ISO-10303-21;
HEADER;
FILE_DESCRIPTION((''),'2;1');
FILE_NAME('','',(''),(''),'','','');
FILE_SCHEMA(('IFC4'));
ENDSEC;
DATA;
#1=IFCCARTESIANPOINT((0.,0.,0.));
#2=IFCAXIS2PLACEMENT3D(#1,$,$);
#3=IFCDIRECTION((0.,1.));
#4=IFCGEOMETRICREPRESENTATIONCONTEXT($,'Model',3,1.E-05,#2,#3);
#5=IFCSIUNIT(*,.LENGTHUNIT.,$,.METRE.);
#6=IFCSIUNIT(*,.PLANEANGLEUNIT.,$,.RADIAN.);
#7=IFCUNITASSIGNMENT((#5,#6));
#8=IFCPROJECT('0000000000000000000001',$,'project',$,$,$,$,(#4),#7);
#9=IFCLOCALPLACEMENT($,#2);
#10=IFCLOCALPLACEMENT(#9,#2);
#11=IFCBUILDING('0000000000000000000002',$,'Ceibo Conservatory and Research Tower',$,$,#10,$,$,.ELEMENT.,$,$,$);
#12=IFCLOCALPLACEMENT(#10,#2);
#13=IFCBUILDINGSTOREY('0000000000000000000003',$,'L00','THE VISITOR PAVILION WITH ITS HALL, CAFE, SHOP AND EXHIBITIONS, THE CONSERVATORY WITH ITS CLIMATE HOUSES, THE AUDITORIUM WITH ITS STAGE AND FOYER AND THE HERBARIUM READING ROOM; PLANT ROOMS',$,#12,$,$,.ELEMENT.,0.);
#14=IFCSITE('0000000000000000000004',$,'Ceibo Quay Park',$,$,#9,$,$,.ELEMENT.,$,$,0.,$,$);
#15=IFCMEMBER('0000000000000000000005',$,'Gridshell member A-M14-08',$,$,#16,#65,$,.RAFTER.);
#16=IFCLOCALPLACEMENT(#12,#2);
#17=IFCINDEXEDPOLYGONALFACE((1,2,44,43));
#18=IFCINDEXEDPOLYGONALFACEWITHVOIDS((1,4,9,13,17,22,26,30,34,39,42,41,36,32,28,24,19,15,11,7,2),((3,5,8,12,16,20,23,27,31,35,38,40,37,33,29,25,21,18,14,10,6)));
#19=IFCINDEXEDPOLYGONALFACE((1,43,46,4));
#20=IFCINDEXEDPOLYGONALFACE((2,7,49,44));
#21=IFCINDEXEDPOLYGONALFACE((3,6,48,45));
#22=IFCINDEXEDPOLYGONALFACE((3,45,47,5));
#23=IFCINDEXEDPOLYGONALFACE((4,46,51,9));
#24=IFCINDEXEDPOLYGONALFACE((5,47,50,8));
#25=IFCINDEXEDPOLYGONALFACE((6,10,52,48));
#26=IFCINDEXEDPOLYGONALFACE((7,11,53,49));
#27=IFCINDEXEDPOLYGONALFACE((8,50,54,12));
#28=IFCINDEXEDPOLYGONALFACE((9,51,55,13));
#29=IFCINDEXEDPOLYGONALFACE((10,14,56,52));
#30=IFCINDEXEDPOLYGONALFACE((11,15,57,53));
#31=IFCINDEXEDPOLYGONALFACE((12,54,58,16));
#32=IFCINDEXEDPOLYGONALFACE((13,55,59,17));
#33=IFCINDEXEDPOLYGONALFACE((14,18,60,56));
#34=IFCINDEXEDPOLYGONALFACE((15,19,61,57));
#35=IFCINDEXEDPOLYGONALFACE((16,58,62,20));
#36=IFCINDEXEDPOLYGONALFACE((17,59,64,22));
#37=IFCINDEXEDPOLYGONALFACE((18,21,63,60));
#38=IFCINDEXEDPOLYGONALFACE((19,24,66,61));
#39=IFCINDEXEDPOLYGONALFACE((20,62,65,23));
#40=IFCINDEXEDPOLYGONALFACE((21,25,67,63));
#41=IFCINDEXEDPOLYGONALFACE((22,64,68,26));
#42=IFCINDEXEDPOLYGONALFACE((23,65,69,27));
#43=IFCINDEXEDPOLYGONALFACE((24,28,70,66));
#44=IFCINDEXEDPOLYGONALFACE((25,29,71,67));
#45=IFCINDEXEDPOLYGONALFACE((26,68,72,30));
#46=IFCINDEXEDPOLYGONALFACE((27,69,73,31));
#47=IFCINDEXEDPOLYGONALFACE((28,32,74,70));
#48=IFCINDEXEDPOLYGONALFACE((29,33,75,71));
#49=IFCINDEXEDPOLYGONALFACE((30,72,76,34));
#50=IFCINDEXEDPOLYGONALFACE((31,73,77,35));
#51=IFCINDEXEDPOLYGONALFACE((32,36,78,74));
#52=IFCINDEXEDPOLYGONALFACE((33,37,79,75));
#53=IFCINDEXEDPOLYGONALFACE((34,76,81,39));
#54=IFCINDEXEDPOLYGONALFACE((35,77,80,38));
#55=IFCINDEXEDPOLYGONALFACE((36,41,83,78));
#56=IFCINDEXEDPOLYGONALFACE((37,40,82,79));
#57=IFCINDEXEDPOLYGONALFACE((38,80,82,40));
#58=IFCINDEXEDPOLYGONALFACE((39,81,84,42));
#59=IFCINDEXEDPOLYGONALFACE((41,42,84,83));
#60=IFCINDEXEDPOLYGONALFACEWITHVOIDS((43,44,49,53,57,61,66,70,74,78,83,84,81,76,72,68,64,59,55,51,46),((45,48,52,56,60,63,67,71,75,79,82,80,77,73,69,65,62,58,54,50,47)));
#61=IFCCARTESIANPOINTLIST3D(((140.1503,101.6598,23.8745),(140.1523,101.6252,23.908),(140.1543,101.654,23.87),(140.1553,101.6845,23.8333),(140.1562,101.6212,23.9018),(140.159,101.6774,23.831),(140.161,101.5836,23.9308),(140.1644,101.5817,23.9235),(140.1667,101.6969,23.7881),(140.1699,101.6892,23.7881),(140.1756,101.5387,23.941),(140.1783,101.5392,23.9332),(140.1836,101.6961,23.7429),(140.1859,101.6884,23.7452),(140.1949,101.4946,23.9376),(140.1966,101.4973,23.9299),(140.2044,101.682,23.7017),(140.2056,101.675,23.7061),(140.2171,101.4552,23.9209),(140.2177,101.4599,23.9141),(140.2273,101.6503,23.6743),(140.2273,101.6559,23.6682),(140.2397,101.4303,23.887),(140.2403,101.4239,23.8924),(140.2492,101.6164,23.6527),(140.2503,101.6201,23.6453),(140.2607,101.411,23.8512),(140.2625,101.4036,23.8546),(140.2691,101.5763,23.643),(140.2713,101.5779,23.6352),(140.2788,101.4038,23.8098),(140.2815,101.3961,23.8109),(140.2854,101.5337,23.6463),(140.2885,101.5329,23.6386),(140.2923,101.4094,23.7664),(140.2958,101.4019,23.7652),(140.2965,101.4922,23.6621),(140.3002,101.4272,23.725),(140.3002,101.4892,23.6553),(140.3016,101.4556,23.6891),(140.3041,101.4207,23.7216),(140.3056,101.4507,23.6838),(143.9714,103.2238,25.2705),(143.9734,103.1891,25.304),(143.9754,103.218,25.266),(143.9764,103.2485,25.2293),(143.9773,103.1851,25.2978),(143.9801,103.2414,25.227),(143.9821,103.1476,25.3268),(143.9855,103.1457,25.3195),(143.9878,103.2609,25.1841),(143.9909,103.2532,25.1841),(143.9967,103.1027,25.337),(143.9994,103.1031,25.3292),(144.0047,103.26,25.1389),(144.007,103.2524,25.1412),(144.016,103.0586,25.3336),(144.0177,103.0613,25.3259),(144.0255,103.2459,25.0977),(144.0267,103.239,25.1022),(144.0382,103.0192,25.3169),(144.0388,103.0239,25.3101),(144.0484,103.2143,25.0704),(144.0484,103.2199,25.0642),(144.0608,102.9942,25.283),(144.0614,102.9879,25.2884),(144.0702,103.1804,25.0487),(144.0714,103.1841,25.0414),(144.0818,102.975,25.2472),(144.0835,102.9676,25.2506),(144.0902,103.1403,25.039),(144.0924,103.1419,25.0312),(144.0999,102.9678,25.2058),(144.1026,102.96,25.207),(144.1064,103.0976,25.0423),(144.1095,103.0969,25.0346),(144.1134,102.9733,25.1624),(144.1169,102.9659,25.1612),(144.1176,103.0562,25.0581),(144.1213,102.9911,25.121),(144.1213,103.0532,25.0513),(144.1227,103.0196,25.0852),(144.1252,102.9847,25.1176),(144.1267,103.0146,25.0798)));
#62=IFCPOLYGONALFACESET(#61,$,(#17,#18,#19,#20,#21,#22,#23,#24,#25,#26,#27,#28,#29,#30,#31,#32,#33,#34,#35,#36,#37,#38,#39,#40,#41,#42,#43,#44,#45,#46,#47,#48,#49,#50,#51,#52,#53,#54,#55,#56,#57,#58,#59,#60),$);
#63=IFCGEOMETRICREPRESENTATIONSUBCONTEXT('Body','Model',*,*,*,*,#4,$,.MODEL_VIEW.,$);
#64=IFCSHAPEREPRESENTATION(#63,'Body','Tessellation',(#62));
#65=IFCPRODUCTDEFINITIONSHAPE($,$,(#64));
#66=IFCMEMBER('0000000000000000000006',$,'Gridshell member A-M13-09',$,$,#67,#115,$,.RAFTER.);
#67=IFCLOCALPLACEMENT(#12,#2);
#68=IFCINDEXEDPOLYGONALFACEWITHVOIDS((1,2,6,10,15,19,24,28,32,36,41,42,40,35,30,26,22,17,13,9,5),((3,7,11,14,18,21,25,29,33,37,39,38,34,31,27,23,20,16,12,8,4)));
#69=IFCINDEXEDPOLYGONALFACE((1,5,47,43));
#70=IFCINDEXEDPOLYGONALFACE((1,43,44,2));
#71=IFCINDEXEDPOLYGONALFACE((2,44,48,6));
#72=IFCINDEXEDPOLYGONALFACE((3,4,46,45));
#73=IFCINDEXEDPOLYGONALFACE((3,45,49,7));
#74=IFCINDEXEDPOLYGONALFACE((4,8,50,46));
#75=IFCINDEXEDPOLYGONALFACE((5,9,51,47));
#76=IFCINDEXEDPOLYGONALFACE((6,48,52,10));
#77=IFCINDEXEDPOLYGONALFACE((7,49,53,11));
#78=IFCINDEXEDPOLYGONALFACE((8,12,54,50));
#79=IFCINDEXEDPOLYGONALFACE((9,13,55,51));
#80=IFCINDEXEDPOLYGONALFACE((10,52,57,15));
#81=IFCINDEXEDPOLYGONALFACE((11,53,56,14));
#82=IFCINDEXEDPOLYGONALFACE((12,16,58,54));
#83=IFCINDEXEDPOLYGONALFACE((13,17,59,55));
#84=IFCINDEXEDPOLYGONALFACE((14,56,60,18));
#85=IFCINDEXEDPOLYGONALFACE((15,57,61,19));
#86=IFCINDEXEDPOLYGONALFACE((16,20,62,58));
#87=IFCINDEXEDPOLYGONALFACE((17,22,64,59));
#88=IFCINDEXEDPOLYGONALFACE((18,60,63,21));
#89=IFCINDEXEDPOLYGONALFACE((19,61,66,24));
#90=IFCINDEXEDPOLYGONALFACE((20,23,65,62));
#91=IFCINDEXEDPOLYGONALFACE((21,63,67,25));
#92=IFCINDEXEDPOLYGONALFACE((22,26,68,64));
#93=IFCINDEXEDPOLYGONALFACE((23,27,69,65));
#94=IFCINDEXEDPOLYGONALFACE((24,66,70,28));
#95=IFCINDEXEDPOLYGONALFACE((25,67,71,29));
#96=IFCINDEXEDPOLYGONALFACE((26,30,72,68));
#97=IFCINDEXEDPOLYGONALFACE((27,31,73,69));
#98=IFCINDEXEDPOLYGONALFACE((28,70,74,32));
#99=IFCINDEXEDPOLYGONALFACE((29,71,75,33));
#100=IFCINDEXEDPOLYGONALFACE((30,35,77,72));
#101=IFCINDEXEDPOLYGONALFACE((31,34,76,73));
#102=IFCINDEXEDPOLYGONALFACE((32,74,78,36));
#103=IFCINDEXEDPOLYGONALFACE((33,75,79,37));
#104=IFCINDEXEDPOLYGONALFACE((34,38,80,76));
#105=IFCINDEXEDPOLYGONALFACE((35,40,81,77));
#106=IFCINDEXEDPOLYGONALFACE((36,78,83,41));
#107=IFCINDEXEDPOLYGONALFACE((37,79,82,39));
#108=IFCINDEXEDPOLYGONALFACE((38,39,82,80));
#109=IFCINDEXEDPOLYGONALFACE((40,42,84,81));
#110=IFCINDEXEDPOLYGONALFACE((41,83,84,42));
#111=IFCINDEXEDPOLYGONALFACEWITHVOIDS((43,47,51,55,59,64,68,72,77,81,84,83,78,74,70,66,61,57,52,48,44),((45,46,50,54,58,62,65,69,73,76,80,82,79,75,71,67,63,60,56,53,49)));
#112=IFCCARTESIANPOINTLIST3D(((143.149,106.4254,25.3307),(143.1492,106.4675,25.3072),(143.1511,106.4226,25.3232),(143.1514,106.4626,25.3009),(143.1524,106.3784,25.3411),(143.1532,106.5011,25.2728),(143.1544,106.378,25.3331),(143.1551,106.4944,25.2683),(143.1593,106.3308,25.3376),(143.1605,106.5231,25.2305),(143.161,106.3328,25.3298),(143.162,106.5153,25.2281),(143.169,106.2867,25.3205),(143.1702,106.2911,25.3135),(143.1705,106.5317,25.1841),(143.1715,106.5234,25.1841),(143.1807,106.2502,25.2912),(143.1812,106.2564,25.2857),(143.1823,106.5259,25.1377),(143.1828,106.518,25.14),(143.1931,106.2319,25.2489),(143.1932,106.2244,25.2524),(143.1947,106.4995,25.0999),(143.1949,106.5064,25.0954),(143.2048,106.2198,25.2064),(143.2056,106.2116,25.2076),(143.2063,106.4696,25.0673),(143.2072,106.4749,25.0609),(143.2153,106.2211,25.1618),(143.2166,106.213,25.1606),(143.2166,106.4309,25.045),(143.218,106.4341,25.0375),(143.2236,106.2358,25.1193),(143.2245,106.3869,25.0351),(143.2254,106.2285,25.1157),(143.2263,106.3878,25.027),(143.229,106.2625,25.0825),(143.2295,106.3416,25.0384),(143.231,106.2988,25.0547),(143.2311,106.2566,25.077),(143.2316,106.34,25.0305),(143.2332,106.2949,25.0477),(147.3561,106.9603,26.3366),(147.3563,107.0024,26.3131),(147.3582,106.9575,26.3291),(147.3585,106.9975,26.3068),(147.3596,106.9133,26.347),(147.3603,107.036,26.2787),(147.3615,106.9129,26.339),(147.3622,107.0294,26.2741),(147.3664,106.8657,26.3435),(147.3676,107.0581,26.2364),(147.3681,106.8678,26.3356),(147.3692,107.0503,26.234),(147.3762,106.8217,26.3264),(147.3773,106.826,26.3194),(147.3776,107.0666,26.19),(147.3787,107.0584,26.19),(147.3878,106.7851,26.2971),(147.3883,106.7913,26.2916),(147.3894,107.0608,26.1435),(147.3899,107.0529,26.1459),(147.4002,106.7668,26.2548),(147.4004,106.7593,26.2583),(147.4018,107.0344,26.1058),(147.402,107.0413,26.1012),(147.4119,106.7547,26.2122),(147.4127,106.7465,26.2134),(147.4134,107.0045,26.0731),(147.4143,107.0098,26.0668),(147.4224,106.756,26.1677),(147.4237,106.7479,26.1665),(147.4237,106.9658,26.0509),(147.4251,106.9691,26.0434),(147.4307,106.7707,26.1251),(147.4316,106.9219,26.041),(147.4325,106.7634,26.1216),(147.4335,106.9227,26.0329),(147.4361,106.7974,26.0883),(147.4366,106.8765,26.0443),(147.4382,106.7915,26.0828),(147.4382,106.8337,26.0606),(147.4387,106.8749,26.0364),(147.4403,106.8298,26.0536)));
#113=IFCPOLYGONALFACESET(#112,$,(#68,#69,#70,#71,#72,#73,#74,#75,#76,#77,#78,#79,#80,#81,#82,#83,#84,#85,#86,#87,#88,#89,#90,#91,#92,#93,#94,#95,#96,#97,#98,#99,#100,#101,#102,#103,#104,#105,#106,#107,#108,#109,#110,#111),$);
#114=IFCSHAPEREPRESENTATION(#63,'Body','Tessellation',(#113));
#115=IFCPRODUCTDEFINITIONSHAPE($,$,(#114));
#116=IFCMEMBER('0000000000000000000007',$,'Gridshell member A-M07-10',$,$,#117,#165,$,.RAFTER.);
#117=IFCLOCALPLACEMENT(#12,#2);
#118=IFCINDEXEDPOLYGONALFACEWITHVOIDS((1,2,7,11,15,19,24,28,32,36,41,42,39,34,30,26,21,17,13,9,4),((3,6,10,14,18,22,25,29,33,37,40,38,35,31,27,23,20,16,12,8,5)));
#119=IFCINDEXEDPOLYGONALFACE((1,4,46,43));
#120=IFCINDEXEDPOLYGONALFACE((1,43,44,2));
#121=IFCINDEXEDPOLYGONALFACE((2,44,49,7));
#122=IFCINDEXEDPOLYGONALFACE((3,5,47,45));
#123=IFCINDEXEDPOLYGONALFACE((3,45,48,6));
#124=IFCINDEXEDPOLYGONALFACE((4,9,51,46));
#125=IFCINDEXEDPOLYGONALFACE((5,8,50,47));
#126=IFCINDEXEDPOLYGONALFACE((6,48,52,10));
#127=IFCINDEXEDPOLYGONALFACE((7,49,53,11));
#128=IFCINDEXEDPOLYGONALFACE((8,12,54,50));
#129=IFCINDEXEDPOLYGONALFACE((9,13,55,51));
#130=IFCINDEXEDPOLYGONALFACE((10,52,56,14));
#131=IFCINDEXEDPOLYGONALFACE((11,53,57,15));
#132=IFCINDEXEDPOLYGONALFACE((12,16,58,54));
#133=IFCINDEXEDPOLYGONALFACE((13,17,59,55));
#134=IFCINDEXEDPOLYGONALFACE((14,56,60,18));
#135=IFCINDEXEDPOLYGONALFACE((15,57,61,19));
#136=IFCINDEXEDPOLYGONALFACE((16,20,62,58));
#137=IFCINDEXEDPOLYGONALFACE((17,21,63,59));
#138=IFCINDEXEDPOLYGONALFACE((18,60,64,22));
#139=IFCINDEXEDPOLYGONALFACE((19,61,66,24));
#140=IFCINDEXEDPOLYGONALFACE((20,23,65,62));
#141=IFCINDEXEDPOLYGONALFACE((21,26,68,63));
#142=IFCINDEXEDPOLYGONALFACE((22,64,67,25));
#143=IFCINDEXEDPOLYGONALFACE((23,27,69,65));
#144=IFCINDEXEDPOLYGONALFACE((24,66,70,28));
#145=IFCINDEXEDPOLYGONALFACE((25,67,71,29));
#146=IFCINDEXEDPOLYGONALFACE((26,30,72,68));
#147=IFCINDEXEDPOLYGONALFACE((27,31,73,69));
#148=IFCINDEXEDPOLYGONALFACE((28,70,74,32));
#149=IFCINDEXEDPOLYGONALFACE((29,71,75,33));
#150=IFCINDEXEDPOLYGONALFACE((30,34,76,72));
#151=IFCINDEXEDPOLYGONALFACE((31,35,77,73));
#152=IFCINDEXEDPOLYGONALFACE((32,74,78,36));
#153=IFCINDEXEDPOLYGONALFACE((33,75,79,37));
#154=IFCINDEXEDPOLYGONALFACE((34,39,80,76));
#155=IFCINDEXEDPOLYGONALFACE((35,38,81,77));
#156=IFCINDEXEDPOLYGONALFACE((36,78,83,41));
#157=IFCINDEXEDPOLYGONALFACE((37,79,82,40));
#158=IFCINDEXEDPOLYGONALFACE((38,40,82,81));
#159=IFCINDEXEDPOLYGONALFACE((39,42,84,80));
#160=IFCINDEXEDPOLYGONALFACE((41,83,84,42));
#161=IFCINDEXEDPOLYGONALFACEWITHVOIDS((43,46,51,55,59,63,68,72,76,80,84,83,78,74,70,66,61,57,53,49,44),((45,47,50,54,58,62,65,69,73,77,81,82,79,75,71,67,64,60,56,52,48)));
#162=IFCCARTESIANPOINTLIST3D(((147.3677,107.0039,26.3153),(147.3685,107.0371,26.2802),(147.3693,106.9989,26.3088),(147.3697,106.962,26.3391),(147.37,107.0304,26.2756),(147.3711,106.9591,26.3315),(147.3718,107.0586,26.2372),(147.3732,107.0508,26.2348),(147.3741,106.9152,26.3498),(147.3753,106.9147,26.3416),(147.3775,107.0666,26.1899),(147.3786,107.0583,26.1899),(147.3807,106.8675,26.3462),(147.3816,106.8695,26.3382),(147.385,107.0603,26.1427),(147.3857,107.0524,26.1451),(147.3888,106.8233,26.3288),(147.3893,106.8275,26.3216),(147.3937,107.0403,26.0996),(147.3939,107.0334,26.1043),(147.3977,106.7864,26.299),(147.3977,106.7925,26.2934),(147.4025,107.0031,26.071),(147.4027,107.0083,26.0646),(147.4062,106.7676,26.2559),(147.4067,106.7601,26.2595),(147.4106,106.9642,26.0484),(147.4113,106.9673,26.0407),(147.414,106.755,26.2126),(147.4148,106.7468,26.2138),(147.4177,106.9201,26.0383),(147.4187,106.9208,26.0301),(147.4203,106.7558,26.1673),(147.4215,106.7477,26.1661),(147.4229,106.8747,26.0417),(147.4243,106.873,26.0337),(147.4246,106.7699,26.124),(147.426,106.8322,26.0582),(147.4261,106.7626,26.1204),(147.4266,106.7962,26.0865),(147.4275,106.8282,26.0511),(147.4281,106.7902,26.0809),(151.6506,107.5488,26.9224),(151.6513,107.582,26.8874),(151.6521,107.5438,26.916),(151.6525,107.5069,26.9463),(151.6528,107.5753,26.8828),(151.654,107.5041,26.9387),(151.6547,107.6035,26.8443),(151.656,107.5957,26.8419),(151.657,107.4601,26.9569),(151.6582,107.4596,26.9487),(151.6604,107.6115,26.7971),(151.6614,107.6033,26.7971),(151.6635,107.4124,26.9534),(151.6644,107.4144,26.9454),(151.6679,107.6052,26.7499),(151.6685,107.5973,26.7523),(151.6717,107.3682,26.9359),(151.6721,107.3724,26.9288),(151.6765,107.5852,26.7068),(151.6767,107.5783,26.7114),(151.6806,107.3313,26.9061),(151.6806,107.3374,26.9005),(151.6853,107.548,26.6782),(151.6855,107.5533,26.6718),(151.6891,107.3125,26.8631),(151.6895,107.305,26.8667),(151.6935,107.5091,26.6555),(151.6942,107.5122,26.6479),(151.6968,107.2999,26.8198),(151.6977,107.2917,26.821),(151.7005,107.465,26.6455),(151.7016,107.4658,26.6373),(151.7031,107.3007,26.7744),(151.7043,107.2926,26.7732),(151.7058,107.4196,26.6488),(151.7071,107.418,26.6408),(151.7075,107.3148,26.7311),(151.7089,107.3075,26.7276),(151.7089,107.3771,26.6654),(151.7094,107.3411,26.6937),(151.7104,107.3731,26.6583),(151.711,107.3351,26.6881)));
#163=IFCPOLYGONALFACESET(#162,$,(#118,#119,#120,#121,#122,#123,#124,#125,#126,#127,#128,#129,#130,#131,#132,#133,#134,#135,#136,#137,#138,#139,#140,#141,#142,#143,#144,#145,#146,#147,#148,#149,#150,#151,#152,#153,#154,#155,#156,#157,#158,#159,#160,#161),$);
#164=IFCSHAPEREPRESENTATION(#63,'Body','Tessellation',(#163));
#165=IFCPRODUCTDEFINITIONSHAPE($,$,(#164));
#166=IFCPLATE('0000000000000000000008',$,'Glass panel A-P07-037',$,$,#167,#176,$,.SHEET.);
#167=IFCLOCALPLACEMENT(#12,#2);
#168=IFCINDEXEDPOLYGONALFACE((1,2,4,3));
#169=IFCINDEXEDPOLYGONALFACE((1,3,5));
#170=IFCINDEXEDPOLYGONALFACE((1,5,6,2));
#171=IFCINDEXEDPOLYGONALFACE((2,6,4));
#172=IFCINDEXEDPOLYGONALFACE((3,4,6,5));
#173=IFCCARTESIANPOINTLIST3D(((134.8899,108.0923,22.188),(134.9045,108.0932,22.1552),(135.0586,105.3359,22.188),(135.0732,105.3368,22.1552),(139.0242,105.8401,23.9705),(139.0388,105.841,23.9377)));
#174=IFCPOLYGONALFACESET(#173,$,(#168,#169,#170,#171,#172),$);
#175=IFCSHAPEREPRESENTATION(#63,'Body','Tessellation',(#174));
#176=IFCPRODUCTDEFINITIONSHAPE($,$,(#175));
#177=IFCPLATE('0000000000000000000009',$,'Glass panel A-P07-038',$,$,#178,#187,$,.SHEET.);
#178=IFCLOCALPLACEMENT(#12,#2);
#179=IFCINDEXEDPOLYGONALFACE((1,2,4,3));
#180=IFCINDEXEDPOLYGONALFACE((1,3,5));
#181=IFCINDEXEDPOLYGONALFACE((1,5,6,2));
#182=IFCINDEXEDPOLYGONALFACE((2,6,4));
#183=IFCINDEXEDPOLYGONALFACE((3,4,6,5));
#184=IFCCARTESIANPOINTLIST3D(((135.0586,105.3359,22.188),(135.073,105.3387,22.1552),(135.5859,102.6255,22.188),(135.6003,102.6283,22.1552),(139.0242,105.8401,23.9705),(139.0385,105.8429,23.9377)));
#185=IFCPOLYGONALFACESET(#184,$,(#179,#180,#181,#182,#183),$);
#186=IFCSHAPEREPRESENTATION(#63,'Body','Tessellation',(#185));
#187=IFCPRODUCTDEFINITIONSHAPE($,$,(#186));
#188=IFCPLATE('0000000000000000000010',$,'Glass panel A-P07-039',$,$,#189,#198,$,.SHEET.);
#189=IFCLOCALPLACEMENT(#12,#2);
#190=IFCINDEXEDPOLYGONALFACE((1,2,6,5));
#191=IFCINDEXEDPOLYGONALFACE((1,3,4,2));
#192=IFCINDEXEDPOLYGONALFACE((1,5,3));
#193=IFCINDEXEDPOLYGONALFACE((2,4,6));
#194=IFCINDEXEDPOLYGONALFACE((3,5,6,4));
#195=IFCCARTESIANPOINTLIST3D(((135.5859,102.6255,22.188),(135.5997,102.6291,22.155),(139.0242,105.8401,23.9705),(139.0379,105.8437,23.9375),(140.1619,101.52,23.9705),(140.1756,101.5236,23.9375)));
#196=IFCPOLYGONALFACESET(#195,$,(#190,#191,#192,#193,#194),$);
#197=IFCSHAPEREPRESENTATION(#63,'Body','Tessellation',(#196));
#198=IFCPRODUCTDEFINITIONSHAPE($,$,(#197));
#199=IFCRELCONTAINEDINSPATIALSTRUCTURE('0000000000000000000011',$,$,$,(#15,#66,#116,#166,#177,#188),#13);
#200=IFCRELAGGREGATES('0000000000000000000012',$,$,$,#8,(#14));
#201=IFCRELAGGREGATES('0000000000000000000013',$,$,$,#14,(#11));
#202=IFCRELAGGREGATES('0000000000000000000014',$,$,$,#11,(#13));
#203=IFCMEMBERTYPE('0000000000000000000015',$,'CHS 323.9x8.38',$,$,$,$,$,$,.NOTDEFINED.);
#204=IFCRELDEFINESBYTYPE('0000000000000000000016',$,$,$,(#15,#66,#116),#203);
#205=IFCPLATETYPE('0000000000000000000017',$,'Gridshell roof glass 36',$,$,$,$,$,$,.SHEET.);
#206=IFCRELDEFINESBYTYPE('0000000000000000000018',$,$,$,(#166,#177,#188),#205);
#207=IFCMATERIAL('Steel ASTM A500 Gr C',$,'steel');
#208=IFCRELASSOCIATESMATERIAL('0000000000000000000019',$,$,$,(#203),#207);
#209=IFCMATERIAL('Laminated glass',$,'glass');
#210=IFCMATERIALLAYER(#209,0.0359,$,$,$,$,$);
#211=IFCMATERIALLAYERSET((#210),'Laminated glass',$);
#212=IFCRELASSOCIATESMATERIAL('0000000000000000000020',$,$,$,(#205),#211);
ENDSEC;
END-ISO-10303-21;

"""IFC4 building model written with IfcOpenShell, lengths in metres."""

from ifc_helpers import new_model, si_unit, direction, frame, origin, origin_2d, place, context, subcontext, project, spatial, polyline, hollow_circle, outline, extrude, material, layer, layer_set, material_profile, profile_set, type_object, element, save


model = new_model("IFC4")

# Units and contexts
model_context = context("Model", 3, precision=1e-05, world=origin(), true_north=direction((0.0, 1.0)))
body_context = subcontext(model_context, "Body", "Model", "MODEL_VIEW")
ifc_project = project(units=[si_unit("LENGTHUNIT", "METRE"), si_unit("PLANEANGLEUNIT", "RADIAN")], contexts=[model_context])

# Site, building, storey
site_placement = place(None, origin())
site = spatial("IfcSite", under=ifc_project, at=site_placement, Name="Ceibo Quay Park", CompositionType="ELEMENT", RefElevation=0.0)
building_placement = place(site_placement, origin())
building = spatial("IfcBuilding", under=site, at=building_placement, Name="Ceibo Conservatory and Research Tower", CompositionType="ELEMENT")
storey_placement = place(building_placement, origin())
storey = spatial("IfcBuildingStorey", under=building, at=storey_placement, Name="L00", Description="THE VISITOR PAVILION WITH ITS HALL, CAFE, SHOP AND EXHIBITIONS, THE CONSERVATORY WITH ITS CLIMATE HOUSES, THE AUDITORIUM WITH ITS STAGE AND FOYER AND THE HERBARIUM READING ROOM; PLANT ROOMS", CompositionType="ELEMENT", Elevation=0.0)

# Members
ifc_material_1 = material(Name="Steel ASTM A500 Gr C", Category="steel")
ifc_material_profile_1 = material_profile(ifc_material_1, hollow_circle(Radius=0.1619, WallThickness=0.0083, at=origin_2d()), Name="CHS 323.9x8.38")
ifc_profile_set_1 = profile_set([ifc_material_profile_1], Name="Steel ASTM A500 Gr C")
member_type_1 = type_object("IfcMemberType", Name="CHS 323.9x8.38", PredefinedType="NOTDEFINED", material=ifc_profile_set_1)
member_1_placement = place(storey_placement, frame((140.228, 101.5471, 23.7881), z_axis=(0.876719, 0.358844, 0.320304), x_axis=(-0.378801, 0.925478, 0.0)))
element("IfcMember", 1, at=member_1_placement, inside=storey, type_object=member_type_1, Name="Gridshell member A-M14-08", PredefinedType="RAFTER", context=body_context, shape_type="SweptSolid", body=[
    extrude(hollow_circle(Radius=0.1619, WallThickness=0.0083, at=origin_2d()), origin(), (0.0, 0.0, 1.0), 4.3584),
])
member_2_placement = place(storey_placement, frame((143.1909, 106.3711, 25.1841), z_axis=(0.965235, 0.122727, 0.230778), x_axis=(-0.126132, 0.992014, 0.0)))
element("IfcMember", 2, at=member_2_placement, inside=storey, type_object=member_type_1, Name="Gridshell member A-M13-09", PredefinedType="RAFTER", context=body_context, shape_type="SweptSolid", body=[
    extrude(hollow_circle(Radius=0.1619, WallThickness=0.0083, at=origin_2d()), origin(), (0.0, 0.0, 1.0), 4.3586),
])
member_3_placement = place(storey_placement, frame((147.3979, 106.906, 26.1899), z_axis=(0.982337, 0.124983, 0.139262), x_axis=(-0.126213, 0.992003, 0.0)))
element("IfcMember", 3, at=member_3_placement, inside=storey, type_object=member_type_1, Name="Gridshell member A-M07-10", PredefinedType="RAFTER", context=body_context, shape_type="SweptSolid", body=[
    extrude(hollow_circle(Radius=0.1619, WallThickness=0.0083, at=origin_2d()), origin(), (0.0, 0.0, 1.0), 4.3599),
])

# Plates
ifc_material_2 = material(Name="Laminated glass", Category="glass")
ifc_layer = layer(ifc_material_2, 0.0359)
ifc_layer_set = layer_set([ifc_layer], Name="Laminated glass")
plate_type = type_object("IfcPlateType", Name="Gridshell roof glass 36", PredefinedType="SHEET", material=ifc_layer_set)
plate_1_placement = place(storey_placement, frame((139.0242, 105.8401, 23.9705), z_axis=(-0.40721, -0.024923, 0.912995), x_axis=(-0.82126, 0.447391, -0.354082)))
element("IfcPlate", 4, at=plate_1_placement, inside=storey, type_object=plate_type, Name="Glass panel A-P07-037", PredefinedType="SHEET", context=body_context, shape_type="SweptSolid", body=[
    extrude(outline(polyline([(0.0, 0.0), (5.0341, 0.0), (3.6624, 2.3967), (0.0, 0.0)])), origin(), (0.0, 0.0, -1.0), 0.0359),
])
plate_2_placement = place(storey_placement, frame((139.0242, 105.8401, 23.9705), z_axis=(-0.400471, -0.077915, 0.912991), x_axis=(-0.906026, -0.115185, -0.407246)))
element("IfcPlate", 5, at=plate_2_placement, inside=storey, type_object=plate_type, Name="Glass panel A-P07-038", PredefinedType="SHEET", context=body_context, shape_type="SweptSolid", body=[
    extrude(outline(polyline([(0.0, 0.0), (4.3769, 0.0), (4.2113, 2.7563), (0.0, 0.0)])), origin(), (0.0, 0.0, -1.0), 0.0359),
])
plate_3_placement = place(storey_placement, frame((139.0242, 105.8401, 23.9705), z_axis=(-0.38214, -0.100637, 0.918608), x_axis=(-0.683122, -0.638689, -0.354148)))
element("IfcPlate", 6, at=plate_3_placement, inside=storey, type_object=plate_type, Name="Glass panel A-P07-039", PredefinedType="SHEET", context=body_context, shape_type="SweptSolid", body=[
    extrude(outline(polyline([(0.0, 0.0), (5.0331, 0.0), (1.982, 4.0036), (0.0, 0.0)])), origin(), (0.0, 0.0, -1.0), 0.0359),
])

save(model, "model.ifc")
